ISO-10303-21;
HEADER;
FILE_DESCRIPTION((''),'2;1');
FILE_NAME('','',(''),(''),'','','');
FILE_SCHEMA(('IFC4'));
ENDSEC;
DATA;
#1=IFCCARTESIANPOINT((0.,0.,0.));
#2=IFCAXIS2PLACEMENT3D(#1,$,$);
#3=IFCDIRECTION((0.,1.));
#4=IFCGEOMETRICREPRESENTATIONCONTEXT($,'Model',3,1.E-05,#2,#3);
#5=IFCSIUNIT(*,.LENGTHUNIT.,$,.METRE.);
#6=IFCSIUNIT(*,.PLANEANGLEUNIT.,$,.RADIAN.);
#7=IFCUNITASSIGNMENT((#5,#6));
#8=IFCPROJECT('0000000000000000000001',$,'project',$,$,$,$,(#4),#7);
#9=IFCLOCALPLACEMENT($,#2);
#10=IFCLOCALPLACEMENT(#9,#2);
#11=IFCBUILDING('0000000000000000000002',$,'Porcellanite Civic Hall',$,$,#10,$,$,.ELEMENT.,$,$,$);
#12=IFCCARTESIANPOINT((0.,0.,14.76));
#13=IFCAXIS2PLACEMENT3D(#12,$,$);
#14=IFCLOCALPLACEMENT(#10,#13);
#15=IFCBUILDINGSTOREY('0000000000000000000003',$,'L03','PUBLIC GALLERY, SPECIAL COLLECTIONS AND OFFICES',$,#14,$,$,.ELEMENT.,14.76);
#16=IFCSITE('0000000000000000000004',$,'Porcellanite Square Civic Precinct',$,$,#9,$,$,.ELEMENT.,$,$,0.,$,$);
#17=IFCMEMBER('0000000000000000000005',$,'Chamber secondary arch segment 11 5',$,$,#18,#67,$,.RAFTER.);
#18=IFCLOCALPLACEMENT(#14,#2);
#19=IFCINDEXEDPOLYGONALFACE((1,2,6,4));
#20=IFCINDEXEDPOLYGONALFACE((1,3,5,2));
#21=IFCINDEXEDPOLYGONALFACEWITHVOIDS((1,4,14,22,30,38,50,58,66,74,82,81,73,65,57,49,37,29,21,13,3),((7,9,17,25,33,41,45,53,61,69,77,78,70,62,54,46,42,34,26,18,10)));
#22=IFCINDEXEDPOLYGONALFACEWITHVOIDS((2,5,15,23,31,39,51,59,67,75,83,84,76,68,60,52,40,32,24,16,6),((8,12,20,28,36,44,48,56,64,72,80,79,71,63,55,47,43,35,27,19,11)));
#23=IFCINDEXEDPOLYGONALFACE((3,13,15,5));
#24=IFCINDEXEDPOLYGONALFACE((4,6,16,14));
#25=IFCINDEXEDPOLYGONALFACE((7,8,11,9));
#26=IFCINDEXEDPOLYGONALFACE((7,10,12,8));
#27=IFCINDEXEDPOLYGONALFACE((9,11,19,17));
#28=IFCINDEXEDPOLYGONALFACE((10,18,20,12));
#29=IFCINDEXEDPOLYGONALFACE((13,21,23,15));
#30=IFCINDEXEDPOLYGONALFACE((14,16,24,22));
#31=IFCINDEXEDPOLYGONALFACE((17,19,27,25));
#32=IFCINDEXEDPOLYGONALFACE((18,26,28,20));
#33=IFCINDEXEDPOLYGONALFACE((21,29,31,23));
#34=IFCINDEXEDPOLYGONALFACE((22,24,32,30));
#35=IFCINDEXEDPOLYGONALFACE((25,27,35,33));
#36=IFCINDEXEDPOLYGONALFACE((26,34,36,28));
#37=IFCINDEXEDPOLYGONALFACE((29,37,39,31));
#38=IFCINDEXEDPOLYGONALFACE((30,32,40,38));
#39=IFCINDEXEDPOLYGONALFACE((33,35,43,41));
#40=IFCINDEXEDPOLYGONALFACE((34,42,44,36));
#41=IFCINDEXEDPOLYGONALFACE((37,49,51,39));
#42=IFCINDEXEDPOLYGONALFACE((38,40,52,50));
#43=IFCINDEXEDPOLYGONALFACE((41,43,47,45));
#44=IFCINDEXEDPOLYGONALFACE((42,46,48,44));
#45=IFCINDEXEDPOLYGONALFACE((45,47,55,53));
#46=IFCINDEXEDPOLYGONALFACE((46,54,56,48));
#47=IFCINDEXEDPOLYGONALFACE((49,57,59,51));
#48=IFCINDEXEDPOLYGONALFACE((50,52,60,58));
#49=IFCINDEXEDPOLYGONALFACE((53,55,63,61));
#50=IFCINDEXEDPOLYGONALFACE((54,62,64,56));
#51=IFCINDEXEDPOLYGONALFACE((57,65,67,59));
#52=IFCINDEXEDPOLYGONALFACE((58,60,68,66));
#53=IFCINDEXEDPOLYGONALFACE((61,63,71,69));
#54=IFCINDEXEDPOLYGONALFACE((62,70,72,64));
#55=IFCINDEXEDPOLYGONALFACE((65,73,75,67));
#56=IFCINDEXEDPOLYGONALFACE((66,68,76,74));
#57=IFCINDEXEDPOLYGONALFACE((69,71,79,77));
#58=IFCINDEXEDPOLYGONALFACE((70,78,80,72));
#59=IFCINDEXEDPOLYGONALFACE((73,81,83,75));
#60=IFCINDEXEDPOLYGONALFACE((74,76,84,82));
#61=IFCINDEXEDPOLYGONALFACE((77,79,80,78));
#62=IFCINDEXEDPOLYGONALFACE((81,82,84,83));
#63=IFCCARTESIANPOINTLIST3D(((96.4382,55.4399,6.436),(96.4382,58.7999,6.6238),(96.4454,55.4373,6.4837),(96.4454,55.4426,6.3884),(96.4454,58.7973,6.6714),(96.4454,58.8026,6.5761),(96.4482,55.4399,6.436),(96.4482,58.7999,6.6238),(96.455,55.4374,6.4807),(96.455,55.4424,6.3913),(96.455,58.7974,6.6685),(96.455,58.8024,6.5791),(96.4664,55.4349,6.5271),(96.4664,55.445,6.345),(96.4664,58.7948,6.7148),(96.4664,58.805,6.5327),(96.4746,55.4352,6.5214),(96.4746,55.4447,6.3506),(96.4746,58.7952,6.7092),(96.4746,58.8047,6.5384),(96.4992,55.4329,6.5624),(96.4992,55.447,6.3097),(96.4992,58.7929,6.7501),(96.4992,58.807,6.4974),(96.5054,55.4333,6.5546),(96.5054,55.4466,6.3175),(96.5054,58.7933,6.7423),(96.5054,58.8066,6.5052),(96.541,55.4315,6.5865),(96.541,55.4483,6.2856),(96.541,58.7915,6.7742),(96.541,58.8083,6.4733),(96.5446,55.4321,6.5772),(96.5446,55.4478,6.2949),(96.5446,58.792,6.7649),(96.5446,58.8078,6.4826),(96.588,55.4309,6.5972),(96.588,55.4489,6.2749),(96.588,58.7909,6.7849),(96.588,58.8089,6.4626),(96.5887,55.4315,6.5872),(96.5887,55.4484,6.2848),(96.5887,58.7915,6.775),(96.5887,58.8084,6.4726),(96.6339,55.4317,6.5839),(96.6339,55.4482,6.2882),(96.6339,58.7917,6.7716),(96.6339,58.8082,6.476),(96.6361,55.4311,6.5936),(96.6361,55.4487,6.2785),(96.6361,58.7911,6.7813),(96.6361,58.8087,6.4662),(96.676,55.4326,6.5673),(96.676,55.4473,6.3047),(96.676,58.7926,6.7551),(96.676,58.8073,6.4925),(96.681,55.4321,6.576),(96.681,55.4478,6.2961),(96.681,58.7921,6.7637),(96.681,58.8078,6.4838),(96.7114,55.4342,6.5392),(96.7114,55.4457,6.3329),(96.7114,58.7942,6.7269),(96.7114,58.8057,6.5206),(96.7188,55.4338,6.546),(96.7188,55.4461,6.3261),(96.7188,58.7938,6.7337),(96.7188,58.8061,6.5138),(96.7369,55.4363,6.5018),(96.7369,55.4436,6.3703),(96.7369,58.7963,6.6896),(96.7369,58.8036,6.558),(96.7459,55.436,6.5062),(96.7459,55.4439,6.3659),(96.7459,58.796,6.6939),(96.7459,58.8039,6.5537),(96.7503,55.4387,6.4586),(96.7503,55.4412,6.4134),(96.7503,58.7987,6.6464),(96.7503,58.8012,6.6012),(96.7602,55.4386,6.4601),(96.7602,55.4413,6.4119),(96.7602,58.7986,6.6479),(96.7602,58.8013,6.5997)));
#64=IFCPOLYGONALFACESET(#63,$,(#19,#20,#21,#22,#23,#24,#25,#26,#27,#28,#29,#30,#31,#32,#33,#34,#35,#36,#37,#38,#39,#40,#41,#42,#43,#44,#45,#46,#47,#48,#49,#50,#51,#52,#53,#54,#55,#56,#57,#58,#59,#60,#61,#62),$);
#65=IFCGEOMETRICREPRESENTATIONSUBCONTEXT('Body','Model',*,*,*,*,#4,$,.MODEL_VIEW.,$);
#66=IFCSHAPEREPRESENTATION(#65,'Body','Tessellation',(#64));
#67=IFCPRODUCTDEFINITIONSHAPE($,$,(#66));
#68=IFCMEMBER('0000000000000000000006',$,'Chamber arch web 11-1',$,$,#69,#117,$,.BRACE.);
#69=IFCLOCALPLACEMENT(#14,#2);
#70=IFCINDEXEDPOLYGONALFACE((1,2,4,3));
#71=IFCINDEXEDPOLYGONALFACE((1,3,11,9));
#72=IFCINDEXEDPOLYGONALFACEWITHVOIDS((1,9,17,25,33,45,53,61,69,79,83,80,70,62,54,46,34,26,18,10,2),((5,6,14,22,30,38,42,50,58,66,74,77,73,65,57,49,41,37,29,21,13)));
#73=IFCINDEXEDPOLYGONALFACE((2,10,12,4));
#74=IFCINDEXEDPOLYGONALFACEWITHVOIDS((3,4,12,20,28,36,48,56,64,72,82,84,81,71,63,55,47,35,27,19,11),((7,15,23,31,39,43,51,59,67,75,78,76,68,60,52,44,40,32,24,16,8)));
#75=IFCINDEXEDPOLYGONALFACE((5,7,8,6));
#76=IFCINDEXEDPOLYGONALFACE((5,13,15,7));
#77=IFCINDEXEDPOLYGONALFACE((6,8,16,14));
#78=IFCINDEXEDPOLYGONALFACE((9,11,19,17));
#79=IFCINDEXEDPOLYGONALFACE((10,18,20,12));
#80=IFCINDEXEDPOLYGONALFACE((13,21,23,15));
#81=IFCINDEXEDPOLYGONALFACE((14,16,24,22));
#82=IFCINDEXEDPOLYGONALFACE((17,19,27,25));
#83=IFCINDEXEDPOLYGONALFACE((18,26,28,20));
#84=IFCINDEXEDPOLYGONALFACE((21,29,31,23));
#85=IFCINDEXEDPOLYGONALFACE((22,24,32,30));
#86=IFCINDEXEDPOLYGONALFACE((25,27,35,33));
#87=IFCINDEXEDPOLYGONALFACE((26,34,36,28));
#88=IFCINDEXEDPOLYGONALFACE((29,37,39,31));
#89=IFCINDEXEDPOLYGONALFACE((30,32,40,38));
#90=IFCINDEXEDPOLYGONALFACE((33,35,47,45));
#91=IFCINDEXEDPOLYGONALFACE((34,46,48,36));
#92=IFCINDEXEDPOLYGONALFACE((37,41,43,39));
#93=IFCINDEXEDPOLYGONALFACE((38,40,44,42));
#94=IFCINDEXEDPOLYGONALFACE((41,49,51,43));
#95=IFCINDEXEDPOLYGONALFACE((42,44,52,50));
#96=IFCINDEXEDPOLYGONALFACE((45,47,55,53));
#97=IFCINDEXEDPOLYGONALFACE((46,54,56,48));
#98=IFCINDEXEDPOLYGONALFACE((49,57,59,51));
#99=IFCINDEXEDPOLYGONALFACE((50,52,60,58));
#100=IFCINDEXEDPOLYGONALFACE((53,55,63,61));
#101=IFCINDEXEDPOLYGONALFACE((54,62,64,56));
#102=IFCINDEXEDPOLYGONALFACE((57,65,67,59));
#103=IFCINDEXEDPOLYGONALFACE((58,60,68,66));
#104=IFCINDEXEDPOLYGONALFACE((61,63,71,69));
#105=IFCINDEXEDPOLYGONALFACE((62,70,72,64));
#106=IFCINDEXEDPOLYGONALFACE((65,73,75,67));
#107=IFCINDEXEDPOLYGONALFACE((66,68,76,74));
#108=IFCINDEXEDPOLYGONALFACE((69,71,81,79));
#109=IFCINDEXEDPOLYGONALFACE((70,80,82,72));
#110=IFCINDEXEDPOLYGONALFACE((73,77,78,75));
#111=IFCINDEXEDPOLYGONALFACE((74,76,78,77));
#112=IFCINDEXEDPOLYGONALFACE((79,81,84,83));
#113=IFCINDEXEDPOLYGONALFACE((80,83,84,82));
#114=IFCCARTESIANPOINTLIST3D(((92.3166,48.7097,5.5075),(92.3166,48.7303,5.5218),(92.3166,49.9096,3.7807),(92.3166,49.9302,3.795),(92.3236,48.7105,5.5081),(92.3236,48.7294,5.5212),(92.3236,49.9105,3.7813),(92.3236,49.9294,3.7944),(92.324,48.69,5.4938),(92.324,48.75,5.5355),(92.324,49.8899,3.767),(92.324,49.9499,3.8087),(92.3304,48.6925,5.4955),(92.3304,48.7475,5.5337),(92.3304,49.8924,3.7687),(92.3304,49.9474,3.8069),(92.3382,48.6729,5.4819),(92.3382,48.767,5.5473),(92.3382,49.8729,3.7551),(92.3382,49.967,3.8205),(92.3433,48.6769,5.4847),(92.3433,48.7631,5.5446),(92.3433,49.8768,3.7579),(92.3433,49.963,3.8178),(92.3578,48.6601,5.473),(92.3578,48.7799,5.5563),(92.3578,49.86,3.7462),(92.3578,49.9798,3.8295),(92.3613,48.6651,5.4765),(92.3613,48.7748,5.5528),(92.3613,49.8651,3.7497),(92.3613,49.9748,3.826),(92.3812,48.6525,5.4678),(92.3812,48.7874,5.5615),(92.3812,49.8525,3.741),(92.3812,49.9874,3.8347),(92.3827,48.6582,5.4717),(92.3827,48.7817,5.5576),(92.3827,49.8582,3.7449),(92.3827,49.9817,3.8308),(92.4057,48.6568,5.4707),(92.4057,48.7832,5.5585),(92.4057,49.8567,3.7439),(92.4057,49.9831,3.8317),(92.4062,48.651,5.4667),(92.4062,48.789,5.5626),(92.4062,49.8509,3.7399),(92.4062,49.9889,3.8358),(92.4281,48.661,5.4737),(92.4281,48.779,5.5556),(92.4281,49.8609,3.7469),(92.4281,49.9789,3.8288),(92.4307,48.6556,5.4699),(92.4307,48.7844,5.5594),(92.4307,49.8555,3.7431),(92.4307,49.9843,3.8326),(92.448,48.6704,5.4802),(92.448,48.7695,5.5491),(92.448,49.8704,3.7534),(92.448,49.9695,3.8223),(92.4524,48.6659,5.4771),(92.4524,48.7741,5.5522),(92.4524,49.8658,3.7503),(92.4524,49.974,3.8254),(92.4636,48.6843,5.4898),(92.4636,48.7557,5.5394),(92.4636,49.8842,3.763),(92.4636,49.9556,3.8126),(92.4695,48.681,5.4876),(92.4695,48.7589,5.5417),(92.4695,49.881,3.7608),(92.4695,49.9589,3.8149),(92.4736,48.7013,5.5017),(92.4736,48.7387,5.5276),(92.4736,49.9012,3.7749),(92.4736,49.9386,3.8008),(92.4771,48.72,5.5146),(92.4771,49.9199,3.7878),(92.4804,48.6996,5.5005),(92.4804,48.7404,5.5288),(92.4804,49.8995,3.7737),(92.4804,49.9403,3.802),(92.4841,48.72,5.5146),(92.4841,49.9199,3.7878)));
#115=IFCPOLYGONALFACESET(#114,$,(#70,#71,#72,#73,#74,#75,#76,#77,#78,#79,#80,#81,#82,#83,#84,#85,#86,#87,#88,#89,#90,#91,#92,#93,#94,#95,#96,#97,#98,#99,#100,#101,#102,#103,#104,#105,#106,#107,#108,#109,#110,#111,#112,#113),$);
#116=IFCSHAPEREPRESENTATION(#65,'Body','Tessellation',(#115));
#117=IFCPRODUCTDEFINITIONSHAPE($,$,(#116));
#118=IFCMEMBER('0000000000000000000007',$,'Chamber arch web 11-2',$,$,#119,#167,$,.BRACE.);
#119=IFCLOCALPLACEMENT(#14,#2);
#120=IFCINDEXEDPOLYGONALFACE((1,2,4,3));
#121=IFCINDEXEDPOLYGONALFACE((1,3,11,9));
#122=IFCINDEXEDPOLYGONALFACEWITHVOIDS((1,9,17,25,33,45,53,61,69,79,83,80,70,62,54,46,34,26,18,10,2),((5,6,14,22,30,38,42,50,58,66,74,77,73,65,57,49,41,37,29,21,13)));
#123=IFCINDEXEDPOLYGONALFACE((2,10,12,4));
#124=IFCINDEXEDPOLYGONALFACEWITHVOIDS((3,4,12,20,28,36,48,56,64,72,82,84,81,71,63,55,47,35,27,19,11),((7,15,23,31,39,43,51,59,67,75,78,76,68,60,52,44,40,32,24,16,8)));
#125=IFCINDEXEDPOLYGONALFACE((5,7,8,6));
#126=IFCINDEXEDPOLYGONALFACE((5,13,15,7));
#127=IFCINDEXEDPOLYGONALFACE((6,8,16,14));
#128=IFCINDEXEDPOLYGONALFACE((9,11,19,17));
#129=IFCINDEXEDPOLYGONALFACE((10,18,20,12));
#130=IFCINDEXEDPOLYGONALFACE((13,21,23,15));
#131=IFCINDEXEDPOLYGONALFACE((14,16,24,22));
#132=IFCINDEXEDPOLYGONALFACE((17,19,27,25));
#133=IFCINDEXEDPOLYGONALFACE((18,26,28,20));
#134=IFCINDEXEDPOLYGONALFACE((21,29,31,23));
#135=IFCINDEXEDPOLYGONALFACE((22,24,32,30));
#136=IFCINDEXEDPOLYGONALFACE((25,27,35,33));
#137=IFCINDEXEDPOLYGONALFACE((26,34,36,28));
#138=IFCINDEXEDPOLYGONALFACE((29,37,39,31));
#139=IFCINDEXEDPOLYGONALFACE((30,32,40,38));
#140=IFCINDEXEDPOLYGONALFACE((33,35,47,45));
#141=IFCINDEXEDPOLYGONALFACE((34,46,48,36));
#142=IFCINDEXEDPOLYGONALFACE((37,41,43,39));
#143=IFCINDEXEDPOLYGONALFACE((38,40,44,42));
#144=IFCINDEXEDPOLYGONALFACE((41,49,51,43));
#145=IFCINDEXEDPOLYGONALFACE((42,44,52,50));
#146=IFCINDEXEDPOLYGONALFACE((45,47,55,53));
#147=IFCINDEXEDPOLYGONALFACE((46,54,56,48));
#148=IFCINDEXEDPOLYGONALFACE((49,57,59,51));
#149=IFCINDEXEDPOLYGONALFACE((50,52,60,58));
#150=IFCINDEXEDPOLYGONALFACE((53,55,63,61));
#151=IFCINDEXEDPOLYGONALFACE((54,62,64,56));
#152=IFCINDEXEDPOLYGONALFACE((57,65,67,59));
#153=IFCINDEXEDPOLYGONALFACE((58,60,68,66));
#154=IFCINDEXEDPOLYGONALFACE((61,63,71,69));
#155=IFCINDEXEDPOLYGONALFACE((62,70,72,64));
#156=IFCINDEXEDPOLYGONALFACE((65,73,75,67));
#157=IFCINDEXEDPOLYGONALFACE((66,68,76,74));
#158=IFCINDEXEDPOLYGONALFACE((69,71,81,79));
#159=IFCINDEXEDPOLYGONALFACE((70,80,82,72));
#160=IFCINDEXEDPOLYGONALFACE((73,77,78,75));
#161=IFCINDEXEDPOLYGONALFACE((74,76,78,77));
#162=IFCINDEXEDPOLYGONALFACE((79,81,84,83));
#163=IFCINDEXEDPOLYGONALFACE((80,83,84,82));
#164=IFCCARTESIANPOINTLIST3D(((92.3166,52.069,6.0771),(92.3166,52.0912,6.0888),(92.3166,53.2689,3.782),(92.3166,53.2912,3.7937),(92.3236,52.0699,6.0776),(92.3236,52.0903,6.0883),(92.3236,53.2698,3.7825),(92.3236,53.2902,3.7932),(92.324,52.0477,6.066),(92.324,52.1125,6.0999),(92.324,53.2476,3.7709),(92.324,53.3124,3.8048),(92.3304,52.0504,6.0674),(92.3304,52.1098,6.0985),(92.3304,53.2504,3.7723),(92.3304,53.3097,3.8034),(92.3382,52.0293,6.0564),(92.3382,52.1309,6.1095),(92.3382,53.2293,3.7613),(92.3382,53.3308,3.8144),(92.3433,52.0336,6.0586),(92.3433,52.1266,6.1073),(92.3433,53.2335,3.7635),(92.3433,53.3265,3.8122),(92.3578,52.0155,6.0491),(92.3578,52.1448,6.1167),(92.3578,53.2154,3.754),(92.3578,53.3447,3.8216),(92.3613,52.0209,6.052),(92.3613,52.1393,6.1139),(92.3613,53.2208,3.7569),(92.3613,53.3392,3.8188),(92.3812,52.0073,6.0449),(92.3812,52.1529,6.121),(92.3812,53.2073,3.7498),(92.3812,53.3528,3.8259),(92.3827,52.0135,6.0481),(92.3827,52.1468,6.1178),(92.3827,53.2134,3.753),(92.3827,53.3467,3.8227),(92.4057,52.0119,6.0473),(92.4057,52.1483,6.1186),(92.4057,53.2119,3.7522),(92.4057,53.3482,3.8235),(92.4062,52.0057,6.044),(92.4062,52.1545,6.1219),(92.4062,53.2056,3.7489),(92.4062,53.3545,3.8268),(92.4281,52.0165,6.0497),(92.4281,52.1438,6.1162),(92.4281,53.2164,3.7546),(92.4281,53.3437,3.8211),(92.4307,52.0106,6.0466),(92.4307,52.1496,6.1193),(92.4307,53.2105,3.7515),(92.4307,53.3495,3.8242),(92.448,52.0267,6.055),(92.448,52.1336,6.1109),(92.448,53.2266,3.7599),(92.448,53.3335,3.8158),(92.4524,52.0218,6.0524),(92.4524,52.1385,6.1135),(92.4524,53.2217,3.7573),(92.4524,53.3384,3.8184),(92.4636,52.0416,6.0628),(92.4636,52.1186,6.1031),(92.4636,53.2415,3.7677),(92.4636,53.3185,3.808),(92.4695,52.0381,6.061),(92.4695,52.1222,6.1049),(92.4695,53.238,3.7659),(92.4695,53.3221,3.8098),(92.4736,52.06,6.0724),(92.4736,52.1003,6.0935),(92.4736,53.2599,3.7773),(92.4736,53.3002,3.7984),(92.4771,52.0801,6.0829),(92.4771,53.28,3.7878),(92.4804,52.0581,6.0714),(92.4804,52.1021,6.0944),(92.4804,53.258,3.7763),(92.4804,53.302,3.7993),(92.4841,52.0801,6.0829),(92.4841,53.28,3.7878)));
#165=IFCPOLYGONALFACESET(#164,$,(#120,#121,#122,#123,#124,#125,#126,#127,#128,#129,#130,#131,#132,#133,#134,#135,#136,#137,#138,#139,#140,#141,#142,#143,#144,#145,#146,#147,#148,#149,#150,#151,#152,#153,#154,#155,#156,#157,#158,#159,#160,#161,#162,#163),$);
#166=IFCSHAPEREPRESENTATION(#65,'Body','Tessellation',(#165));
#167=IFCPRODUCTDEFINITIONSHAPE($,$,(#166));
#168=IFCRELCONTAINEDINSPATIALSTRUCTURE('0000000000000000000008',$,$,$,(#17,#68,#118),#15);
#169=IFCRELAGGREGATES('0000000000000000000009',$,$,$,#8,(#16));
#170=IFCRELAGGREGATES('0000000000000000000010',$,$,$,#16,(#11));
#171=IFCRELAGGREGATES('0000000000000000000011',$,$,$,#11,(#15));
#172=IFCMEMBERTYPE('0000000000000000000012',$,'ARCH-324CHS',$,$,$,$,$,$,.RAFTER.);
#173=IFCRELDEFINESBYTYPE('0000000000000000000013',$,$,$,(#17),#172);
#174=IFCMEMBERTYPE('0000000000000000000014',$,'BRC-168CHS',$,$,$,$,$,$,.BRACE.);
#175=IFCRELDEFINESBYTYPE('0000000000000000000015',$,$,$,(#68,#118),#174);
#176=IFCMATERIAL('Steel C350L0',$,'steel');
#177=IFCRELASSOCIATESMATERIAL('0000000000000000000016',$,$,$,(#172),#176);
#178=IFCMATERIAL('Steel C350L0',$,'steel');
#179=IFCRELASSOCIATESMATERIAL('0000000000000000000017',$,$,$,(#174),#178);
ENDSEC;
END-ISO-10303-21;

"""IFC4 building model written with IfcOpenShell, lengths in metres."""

from ifc_helpers import new_model, si_unit, direction, frame, origin, origin_2d, place, context, subcontext, project, spatial, hollow_circle, extrude, material, material_profile, profile_set, type_object, element, save


model = new_model("IFC4")

# Units and contexts
model_context = context("Model", 3, precision=1e-05, world=origin(), true_north=direction((0.0, 1.0)))
body_context = subcontext(model_context, "Body", "Model", "MODEL_VIEW")
ifc_project = project(units=[si_unit("LENGTHUNIT", "METRE"), si_unit("PLANEANGLEUNIT", "RADIAN")], contexts=[model_context])

# Site, building, storey
site_placement = place(None, origin())
site = spatial("IfcSite", under=ifc_project, at=site_placement, Name="Porcellanite Square Civic Precinct", CompositionType="ELEMENT", RefElevation=0.0)
building_placement = place(site_placement, origin())
building = spatial("IfcBuilding", under=site, at=building_placement, Name="Porcellanite Civic Hall", CompositionType="ELEMENT")
storey_placement = place(building_placement, frame((0.0, 0.0, 14.76)))
storey = spatial("IfcBuildingStorey", under=building, at=storey_placement, Name="L03", Description="PUBLIC GALLERY, SPECIAL COLLECTIONS AND OFFICES", CompositionType="ELEMENT", Elevation=14.76)

# Members
ifc_material_1 = material(Name="Steel C350L0", Category="steel")
ifc_material_profile_1 = material_profile(ifc_material_1, hollow_circle(Radius=0.1619, WallThickness=0.01, at=origin_2d()), Name="323.9x10.0CHS")
ifc_profile_set_1 = profile_set([ifc_material_profile_1], Name="Steel C350L0")
member_type_1 = type_object("IfcMemberType", Name="ARCH-324CHS", PredefinedType="RAFTER", material=ifc_profile_set_1)
member_1_placement = place(storey_placement, frame((96.6001, 55.4399, 6.436), z_axis=(0.0, 0.998443, 0.055787), x_axis=(-1.0, 0.0, 0.0)))
element("IfcMember", 1, at=member_1_placement, inside=storey, type_object=member_type_1, Name="Chamber secondary arch segment 11 5", PredefinedType="RAFTER", context=body_context, shape_type="SweptSolid", body=[
    extrude(hollow_circle(Radius=0.1619, WallThickness=0.01, at=origin_2d()), origin(), (0.0, 0.0, 1.0), 3.3652),
])
ifc_material_2 = material(Name="Steel C350L0", Category="steel")
ifc_material_profile_2 = material_profile(ifc_material_2, hollow_circle(Radius=0.0842, WallThickness=0.0071, at=origin_2d()), Name="168.3x7.1CHS")
ifc_profile_set_2 = profile_set([ifc_material_profile_2], Name="Steel C350L0")
member_type_2 = type_object("IfcMemberType", Name="BRC-168CHS", PredefinedType="BRACE", material=ifc_profile_set_2)
member_2_placement = place(storey_placement, frame((92.3999, 49.9199, 3.7878), z_axis=(0.0, -0.570646, 0.821196), x_axis=(1.0, 0.0, 0.0)))
element("IfcMember", 2, at=member_2_placement, inside=storey, type_object=member_type_2, Name="Chamber arch web 11-1", PredefinedType="BRACE", context=body_context, shape_type="SweptSolid", body=[
    extrude(hollow_circle(Radius=0.0842, WallThickness=0.0071, at=origin_2d()), origin(), (0.0, 0.0, 1.0), 2.1028),
])
member_3_placement = place(storey_placement, frame((92.3999, 53.28, 3.7878), z_axis=(0.0, -0.463316, 0.886193), x_axis=(1.0, 0.0, 0.0)))
element("IfcMember", 3, at=member_3_placement, inside=storey, type_object=member_type_2, Name="Chamber arch web 11-2", PredefinedType="BRACE", context=body_context, shape_type="SweptSolid", body=[
    extrude(hollow_circle(Radius=0.0842, WallThickness=0.0071, at=origin_2d()), origin(), (0.0, 0.0, 1.0), 2.5898),
])

save(model, "model.ifc")
